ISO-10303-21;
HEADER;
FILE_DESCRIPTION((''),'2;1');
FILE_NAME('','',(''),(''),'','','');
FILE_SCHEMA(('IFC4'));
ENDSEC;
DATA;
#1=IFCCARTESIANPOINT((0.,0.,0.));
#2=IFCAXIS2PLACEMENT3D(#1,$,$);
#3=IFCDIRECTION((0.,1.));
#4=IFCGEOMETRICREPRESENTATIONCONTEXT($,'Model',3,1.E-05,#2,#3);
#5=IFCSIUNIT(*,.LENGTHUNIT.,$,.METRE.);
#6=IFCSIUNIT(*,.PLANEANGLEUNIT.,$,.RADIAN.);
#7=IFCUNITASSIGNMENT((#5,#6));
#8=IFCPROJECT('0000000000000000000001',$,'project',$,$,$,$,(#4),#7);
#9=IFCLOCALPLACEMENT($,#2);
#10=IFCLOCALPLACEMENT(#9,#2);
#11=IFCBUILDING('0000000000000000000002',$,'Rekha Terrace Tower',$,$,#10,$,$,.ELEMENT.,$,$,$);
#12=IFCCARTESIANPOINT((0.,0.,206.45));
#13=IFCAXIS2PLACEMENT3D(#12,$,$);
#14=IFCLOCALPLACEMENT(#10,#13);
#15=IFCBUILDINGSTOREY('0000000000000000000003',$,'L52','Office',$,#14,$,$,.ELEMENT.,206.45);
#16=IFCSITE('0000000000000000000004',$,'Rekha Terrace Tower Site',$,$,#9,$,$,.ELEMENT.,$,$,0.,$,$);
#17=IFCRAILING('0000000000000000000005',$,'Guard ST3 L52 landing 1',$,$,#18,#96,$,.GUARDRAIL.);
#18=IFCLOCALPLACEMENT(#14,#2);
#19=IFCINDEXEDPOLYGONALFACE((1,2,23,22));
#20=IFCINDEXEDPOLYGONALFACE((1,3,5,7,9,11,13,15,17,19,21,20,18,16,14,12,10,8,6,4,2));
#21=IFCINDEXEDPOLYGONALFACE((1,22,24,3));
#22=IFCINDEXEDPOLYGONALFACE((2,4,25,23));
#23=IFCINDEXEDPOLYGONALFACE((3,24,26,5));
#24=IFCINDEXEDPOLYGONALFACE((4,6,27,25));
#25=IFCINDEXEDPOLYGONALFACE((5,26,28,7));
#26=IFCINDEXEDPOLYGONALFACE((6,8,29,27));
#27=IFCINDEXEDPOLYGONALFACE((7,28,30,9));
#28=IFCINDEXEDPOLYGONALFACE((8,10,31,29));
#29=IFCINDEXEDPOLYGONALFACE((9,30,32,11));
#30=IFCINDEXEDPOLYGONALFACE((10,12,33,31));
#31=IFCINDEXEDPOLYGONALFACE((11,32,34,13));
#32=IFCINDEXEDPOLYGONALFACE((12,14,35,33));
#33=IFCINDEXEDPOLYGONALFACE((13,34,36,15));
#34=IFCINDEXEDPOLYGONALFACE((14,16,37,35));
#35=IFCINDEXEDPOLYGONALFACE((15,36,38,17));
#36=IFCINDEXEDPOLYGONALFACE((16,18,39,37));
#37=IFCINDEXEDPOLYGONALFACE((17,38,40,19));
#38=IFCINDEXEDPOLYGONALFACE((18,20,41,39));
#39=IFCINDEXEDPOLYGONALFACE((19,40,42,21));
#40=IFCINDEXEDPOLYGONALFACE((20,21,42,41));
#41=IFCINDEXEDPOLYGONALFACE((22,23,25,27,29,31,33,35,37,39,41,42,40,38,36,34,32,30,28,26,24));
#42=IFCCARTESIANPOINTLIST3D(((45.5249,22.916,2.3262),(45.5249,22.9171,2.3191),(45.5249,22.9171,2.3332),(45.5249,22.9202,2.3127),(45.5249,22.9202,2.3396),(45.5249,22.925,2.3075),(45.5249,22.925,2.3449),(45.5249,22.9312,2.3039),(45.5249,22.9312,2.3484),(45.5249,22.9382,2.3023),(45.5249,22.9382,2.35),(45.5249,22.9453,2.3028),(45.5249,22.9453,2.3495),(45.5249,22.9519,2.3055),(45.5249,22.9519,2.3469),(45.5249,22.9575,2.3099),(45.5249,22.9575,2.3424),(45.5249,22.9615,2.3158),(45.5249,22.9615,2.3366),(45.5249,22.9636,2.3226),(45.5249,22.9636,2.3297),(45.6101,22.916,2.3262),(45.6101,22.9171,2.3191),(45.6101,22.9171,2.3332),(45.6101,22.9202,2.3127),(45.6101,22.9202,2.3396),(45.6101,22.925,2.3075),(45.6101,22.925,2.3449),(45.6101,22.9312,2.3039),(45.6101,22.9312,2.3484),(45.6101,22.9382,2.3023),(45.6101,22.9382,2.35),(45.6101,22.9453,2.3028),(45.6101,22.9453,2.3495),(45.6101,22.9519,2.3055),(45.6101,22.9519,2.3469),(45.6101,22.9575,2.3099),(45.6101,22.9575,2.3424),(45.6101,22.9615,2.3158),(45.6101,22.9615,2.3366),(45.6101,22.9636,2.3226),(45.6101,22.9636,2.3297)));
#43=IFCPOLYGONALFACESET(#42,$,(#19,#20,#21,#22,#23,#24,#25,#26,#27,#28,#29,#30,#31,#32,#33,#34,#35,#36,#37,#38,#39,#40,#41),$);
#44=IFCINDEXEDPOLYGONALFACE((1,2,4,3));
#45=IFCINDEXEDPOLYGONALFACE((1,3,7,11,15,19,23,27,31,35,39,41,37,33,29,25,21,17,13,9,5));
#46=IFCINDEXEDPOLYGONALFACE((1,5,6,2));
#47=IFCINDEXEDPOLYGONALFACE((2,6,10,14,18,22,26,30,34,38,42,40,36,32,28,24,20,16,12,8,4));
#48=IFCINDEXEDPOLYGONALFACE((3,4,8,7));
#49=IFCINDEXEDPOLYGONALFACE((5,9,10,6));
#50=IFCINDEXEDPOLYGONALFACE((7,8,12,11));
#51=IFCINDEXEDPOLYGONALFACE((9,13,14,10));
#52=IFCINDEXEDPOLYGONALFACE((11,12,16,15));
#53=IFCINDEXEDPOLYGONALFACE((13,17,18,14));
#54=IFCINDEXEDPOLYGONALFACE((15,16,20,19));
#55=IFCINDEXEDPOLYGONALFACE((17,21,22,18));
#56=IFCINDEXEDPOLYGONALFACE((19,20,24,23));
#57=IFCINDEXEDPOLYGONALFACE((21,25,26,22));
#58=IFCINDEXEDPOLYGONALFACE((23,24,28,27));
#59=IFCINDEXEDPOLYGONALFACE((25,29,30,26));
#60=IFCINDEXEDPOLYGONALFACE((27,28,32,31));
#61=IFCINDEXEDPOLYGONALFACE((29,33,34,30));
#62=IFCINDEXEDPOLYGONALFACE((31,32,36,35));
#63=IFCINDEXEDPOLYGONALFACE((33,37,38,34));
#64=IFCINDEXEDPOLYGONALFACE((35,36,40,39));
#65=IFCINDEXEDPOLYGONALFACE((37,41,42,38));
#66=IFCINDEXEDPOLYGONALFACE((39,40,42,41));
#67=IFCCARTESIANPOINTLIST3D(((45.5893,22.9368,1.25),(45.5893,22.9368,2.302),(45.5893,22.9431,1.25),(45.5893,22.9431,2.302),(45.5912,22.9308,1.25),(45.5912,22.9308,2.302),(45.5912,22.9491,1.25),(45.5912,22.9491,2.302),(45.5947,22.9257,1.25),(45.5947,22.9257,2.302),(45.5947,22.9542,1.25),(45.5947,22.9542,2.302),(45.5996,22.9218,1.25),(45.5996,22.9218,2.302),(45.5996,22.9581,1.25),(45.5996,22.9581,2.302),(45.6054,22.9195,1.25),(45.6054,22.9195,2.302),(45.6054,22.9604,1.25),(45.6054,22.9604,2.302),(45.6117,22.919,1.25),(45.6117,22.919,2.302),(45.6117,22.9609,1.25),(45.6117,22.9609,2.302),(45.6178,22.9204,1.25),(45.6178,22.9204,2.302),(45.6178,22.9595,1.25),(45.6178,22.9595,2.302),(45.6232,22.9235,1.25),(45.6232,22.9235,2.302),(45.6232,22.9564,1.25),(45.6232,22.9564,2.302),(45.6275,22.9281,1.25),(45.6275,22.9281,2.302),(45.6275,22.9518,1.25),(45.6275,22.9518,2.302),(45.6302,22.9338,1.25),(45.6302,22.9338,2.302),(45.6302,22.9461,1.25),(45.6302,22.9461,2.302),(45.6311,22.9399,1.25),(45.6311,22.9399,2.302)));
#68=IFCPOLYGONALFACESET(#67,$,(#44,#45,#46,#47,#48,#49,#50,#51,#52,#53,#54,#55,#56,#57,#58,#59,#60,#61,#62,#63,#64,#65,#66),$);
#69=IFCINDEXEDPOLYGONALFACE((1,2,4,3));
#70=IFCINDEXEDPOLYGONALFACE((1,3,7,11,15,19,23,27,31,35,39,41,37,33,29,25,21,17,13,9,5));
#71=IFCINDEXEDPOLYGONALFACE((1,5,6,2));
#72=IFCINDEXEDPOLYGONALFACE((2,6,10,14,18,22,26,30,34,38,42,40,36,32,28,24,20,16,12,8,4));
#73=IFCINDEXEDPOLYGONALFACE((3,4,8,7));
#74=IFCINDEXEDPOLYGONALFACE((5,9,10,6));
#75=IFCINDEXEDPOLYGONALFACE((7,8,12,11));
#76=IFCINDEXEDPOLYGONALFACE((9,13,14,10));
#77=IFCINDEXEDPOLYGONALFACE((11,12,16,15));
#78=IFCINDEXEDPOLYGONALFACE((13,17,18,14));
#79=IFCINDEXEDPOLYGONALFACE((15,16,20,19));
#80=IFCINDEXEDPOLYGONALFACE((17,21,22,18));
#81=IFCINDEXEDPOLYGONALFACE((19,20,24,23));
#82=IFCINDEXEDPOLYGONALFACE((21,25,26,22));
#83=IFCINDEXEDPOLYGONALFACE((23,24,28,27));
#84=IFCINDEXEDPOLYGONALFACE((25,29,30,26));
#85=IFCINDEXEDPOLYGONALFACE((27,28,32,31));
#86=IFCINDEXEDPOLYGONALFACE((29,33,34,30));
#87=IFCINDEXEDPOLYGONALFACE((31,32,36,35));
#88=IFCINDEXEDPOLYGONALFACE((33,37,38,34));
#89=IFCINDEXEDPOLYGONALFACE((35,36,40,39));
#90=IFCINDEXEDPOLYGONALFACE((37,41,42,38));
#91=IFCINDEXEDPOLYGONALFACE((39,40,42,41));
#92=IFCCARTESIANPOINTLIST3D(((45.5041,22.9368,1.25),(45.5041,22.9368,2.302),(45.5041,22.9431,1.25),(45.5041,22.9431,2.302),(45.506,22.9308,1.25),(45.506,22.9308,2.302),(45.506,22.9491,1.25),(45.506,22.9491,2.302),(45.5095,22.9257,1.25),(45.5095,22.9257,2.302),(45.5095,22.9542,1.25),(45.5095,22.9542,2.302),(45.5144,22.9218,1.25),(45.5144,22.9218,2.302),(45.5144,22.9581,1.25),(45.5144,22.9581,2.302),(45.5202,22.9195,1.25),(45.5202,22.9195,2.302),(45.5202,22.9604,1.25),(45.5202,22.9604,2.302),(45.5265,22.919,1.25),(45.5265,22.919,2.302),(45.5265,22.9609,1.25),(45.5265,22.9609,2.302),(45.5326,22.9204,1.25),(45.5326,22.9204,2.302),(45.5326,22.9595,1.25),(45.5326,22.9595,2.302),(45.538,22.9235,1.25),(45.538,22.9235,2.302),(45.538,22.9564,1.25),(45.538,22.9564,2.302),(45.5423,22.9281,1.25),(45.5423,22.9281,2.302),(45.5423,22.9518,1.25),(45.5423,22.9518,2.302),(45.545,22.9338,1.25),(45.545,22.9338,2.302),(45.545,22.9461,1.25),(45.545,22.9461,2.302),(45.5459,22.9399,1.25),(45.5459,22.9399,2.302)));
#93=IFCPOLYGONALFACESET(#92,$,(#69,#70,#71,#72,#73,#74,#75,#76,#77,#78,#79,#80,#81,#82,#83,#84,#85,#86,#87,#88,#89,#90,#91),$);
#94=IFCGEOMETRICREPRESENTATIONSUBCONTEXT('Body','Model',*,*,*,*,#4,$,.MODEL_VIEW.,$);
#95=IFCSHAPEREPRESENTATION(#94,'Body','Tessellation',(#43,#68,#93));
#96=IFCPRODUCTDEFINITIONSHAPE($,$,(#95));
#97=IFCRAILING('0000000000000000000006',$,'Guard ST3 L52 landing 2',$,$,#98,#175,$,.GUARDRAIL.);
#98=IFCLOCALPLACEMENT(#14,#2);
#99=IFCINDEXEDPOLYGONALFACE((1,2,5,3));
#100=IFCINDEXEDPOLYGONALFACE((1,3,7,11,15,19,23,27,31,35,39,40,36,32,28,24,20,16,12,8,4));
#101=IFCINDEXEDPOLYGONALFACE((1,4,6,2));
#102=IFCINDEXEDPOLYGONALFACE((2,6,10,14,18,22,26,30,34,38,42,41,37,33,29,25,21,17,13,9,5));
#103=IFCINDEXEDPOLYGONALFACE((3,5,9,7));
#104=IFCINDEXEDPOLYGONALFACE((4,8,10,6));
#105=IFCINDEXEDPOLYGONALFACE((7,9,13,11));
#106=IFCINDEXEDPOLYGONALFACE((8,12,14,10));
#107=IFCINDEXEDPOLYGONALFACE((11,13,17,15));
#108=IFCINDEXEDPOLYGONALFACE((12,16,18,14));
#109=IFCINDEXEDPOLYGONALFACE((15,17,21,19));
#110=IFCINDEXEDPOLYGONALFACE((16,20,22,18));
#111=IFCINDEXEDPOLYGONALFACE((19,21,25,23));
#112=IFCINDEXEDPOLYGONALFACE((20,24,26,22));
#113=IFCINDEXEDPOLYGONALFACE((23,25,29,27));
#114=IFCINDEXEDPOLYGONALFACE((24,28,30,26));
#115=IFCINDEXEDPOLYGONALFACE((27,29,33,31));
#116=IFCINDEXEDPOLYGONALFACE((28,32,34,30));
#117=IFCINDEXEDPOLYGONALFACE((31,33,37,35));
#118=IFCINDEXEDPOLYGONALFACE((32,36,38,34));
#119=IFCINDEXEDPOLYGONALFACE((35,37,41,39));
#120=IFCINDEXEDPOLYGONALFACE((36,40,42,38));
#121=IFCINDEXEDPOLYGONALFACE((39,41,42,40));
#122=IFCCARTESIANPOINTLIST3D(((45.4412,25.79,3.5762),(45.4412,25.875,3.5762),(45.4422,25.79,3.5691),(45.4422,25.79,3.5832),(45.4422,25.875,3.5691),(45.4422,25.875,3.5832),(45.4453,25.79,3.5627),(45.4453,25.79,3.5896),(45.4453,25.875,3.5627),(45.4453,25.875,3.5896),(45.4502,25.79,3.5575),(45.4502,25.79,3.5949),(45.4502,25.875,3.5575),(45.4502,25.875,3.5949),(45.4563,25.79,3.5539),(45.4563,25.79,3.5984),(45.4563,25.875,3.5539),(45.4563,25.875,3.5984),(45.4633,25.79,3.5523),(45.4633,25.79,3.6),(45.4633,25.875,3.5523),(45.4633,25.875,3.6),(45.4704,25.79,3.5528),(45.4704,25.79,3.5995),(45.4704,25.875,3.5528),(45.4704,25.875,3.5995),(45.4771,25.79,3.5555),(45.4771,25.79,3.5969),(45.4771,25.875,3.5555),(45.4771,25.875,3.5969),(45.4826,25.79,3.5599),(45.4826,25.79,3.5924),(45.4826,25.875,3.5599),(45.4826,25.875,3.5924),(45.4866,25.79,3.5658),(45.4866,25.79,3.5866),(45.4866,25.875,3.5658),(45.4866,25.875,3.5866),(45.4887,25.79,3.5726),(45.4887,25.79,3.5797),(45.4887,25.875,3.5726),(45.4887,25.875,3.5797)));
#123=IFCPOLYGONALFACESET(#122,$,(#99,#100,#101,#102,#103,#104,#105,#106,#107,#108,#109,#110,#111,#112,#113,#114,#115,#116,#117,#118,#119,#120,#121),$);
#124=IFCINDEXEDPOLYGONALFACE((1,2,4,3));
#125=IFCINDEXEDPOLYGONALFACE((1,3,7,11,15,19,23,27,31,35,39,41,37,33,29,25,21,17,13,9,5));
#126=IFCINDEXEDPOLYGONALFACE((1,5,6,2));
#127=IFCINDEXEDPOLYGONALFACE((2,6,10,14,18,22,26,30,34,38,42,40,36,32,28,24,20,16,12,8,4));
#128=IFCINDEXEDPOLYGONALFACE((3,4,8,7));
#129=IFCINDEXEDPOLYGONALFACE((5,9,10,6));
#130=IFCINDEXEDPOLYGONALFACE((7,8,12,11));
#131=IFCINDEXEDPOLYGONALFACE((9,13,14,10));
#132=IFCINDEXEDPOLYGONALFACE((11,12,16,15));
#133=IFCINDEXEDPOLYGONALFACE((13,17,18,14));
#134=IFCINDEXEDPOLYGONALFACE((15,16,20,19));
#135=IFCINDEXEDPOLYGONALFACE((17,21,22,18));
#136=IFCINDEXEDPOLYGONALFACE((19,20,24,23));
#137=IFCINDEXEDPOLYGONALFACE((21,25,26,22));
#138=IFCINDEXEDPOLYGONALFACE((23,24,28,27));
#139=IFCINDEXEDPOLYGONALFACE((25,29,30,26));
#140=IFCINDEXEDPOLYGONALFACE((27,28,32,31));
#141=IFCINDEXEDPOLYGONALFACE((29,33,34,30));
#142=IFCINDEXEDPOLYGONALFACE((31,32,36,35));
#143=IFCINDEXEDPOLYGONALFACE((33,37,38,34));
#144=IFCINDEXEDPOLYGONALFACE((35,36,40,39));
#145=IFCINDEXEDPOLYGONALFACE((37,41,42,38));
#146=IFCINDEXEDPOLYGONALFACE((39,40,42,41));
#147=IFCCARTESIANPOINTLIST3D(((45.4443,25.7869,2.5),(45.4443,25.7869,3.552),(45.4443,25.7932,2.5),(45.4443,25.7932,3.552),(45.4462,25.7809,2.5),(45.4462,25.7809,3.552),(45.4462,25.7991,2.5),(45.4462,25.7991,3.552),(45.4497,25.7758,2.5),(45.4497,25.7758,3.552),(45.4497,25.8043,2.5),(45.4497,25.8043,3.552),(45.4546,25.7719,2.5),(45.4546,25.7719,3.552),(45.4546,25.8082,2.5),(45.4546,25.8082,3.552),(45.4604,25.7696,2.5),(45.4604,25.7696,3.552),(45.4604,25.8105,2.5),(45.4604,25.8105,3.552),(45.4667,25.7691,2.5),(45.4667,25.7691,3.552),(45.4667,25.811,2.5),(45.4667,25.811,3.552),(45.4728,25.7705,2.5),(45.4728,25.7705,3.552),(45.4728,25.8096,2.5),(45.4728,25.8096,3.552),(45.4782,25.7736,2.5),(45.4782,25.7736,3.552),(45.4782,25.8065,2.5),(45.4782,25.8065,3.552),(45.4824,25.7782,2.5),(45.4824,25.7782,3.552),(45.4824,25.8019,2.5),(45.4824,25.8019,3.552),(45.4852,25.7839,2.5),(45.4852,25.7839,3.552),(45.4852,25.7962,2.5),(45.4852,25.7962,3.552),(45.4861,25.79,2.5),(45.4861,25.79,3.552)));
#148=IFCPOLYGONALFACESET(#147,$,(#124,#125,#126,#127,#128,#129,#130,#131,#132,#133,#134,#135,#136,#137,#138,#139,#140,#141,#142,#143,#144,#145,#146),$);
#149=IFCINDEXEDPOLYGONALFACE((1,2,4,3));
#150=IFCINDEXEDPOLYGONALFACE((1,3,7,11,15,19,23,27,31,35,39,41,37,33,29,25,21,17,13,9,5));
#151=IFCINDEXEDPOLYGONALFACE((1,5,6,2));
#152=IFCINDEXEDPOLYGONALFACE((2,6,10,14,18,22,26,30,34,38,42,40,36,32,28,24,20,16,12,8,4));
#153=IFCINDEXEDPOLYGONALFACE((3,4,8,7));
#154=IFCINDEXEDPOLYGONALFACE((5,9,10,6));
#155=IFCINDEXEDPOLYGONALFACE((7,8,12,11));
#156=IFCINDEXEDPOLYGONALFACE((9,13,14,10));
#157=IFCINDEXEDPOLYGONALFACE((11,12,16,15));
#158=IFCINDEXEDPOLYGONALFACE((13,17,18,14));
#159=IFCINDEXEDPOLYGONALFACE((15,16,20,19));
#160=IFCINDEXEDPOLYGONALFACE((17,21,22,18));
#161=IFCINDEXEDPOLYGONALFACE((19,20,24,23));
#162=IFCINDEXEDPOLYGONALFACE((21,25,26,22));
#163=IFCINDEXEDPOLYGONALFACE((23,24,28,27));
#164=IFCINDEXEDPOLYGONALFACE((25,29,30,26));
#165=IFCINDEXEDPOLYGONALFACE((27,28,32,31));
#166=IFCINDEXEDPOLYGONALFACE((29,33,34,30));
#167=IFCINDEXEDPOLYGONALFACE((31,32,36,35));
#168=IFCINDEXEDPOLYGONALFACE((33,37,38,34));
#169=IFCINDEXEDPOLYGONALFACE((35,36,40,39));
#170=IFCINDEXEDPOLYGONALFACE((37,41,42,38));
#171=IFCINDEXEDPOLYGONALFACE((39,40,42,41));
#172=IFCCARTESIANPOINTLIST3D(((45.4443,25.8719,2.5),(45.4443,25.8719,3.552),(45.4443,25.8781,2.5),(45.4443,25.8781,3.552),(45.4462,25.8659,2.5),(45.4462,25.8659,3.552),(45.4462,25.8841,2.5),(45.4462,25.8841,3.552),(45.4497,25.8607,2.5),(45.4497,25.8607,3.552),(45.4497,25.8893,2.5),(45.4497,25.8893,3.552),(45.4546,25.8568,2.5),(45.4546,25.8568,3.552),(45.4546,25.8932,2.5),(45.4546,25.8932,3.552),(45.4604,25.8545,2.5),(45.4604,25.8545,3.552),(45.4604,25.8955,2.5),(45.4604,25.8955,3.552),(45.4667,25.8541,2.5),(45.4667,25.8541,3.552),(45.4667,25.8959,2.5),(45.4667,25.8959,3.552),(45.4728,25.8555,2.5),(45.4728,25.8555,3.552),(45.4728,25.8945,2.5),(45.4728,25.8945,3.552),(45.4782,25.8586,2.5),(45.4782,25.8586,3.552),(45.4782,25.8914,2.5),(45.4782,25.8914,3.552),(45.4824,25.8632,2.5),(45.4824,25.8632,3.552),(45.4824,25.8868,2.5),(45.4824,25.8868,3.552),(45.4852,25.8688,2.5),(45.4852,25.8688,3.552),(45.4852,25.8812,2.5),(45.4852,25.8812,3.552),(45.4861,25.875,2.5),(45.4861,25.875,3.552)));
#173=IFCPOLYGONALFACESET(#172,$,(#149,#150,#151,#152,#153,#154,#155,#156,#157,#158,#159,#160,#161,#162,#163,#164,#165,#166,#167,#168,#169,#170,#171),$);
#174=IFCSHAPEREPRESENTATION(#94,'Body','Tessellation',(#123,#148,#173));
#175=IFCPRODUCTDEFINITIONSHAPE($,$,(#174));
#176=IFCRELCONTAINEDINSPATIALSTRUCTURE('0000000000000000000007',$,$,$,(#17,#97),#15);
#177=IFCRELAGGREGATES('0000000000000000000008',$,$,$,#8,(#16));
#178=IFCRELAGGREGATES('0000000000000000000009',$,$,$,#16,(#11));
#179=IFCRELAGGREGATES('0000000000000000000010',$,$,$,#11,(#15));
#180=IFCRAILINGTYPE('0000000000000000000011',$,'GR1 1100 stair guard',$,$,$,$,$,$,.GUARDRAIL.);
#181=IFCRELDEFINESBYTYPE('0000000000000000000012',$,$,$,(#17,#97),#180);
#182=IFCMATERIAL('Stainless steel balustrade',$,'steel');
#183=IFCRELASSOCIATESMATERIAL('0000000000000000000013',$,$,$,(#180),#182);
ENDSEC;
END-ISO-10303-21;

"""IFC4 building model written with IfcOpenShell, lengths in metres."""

from ifc_helpers import new_model, si_unit, direction, frame, origin, origin_2d, place, context, subcontext, project, spatial, circle, extrude, material, type_object, element, save


model = new_model("IFC4")

# Units and contexts
model_context = context("Model", 3, precision=1e-05, world=origin(), true_north=direction((0.0, 1.0)))
body_context = subcontext(model_context, "Body", "Model", "MODEL_VIEW")
ifc_project = project(units=[si_unit("LENGTHUNIT", "METRE"), si_unit("PLANEANGLEUNIT", "RADIAN")], contexts=[model_context])

# Site, building, storey
site_placement = place(None, origin())
site = spatial("IfcSite", under=ifc_project, at=site_placement, Name="Rekha Terrace Tower Site", CompositionType="ELEMENT", RefElevation=0.0)
building_placement = place(site_placement, origin())
building = spatial("IfcBuilding", under=site, at=building_placement, Name="Rekha Terrace Tower", CompositionType="ELEMENT")
storey_placement = place(building_placement, frame((0.0, 0.0, 206.45)))
storey = spatial("IfcBuildingStorey", under=building, at=storey_placement, Name="L52", Description="Office", CompositionType="ELEMENT", Elevation=206.45)

# Railings
ifc_material_1 = material(Name="Stainless steel balustrade", Category="steel")
railing_type_1 = type_object("IfcRailingType", Name="GR1 1100 stair guard", PredefinedType="GUARDRAIL", material=ifc_material_1)
railing_1_placement = place(storey_placement, frame((45.6101, 22.9399, 1.25)))
element("IfcRailing", 1, at=railing_1_placement, inside=storey, type_object=railing_type_1, Name="Guard ST3 L52 landing 1", PredefinedType="GUARDRAIL", context=body_context, shape_type="SweptSolid", body=[
    extrude(circle(Radius=0.0239, at=origin_2d()), frame((0.0, 0.0, 1.0762), z_axis=(-1.0, 0.0, 0.0), x_axis=(0.0, -1.0, 0.0)), (0.0, 0.0, 1.0), 0.0852),
    extrude(circle(Radius=0.021, at=origin_2d()), origin(), (0.0, 0.0, 1.0), 1.052),
    extrude(circle(Radius=0.021, at=origin_2d()), frame((-0.0852, 0.0, 0.0)), (0.0, 0.0, 1.0), 1.052),
])
railing_2_placement = place(storey_placement, frame((45.4651, 25.79, 2.5)))
element("IfcRailing", 2, at=railing_2_placement, inside=storey, type_object=railing_type_1, Name="Guard ST3 L52 landing 2", PredefinedType="GUARDRAIL", context=body_context, shape_type="SweptSolid", body=[
    extrude(circle(Radius=0.0239, at=origin_2d()), frame((0.0, 0.0, 1.0762), z_axis=(0.0, 1.0, 0.0), x_axis=(-1.0, 0.0, 0.0)), (0.0, 0.0, 1.0), 0.085),
    extrude(circle(Radius=0.021, at=origin_2d()), origin(), (0.0, 0.0, 1.0), 1.052),
    extrude(circle(Radius=0.021, at=origin_2d()), frame((0.0, 0.085, 0.0)), (0.0, 0.0, 1.0), 1.052),
])

save(model, "model.ifc")
